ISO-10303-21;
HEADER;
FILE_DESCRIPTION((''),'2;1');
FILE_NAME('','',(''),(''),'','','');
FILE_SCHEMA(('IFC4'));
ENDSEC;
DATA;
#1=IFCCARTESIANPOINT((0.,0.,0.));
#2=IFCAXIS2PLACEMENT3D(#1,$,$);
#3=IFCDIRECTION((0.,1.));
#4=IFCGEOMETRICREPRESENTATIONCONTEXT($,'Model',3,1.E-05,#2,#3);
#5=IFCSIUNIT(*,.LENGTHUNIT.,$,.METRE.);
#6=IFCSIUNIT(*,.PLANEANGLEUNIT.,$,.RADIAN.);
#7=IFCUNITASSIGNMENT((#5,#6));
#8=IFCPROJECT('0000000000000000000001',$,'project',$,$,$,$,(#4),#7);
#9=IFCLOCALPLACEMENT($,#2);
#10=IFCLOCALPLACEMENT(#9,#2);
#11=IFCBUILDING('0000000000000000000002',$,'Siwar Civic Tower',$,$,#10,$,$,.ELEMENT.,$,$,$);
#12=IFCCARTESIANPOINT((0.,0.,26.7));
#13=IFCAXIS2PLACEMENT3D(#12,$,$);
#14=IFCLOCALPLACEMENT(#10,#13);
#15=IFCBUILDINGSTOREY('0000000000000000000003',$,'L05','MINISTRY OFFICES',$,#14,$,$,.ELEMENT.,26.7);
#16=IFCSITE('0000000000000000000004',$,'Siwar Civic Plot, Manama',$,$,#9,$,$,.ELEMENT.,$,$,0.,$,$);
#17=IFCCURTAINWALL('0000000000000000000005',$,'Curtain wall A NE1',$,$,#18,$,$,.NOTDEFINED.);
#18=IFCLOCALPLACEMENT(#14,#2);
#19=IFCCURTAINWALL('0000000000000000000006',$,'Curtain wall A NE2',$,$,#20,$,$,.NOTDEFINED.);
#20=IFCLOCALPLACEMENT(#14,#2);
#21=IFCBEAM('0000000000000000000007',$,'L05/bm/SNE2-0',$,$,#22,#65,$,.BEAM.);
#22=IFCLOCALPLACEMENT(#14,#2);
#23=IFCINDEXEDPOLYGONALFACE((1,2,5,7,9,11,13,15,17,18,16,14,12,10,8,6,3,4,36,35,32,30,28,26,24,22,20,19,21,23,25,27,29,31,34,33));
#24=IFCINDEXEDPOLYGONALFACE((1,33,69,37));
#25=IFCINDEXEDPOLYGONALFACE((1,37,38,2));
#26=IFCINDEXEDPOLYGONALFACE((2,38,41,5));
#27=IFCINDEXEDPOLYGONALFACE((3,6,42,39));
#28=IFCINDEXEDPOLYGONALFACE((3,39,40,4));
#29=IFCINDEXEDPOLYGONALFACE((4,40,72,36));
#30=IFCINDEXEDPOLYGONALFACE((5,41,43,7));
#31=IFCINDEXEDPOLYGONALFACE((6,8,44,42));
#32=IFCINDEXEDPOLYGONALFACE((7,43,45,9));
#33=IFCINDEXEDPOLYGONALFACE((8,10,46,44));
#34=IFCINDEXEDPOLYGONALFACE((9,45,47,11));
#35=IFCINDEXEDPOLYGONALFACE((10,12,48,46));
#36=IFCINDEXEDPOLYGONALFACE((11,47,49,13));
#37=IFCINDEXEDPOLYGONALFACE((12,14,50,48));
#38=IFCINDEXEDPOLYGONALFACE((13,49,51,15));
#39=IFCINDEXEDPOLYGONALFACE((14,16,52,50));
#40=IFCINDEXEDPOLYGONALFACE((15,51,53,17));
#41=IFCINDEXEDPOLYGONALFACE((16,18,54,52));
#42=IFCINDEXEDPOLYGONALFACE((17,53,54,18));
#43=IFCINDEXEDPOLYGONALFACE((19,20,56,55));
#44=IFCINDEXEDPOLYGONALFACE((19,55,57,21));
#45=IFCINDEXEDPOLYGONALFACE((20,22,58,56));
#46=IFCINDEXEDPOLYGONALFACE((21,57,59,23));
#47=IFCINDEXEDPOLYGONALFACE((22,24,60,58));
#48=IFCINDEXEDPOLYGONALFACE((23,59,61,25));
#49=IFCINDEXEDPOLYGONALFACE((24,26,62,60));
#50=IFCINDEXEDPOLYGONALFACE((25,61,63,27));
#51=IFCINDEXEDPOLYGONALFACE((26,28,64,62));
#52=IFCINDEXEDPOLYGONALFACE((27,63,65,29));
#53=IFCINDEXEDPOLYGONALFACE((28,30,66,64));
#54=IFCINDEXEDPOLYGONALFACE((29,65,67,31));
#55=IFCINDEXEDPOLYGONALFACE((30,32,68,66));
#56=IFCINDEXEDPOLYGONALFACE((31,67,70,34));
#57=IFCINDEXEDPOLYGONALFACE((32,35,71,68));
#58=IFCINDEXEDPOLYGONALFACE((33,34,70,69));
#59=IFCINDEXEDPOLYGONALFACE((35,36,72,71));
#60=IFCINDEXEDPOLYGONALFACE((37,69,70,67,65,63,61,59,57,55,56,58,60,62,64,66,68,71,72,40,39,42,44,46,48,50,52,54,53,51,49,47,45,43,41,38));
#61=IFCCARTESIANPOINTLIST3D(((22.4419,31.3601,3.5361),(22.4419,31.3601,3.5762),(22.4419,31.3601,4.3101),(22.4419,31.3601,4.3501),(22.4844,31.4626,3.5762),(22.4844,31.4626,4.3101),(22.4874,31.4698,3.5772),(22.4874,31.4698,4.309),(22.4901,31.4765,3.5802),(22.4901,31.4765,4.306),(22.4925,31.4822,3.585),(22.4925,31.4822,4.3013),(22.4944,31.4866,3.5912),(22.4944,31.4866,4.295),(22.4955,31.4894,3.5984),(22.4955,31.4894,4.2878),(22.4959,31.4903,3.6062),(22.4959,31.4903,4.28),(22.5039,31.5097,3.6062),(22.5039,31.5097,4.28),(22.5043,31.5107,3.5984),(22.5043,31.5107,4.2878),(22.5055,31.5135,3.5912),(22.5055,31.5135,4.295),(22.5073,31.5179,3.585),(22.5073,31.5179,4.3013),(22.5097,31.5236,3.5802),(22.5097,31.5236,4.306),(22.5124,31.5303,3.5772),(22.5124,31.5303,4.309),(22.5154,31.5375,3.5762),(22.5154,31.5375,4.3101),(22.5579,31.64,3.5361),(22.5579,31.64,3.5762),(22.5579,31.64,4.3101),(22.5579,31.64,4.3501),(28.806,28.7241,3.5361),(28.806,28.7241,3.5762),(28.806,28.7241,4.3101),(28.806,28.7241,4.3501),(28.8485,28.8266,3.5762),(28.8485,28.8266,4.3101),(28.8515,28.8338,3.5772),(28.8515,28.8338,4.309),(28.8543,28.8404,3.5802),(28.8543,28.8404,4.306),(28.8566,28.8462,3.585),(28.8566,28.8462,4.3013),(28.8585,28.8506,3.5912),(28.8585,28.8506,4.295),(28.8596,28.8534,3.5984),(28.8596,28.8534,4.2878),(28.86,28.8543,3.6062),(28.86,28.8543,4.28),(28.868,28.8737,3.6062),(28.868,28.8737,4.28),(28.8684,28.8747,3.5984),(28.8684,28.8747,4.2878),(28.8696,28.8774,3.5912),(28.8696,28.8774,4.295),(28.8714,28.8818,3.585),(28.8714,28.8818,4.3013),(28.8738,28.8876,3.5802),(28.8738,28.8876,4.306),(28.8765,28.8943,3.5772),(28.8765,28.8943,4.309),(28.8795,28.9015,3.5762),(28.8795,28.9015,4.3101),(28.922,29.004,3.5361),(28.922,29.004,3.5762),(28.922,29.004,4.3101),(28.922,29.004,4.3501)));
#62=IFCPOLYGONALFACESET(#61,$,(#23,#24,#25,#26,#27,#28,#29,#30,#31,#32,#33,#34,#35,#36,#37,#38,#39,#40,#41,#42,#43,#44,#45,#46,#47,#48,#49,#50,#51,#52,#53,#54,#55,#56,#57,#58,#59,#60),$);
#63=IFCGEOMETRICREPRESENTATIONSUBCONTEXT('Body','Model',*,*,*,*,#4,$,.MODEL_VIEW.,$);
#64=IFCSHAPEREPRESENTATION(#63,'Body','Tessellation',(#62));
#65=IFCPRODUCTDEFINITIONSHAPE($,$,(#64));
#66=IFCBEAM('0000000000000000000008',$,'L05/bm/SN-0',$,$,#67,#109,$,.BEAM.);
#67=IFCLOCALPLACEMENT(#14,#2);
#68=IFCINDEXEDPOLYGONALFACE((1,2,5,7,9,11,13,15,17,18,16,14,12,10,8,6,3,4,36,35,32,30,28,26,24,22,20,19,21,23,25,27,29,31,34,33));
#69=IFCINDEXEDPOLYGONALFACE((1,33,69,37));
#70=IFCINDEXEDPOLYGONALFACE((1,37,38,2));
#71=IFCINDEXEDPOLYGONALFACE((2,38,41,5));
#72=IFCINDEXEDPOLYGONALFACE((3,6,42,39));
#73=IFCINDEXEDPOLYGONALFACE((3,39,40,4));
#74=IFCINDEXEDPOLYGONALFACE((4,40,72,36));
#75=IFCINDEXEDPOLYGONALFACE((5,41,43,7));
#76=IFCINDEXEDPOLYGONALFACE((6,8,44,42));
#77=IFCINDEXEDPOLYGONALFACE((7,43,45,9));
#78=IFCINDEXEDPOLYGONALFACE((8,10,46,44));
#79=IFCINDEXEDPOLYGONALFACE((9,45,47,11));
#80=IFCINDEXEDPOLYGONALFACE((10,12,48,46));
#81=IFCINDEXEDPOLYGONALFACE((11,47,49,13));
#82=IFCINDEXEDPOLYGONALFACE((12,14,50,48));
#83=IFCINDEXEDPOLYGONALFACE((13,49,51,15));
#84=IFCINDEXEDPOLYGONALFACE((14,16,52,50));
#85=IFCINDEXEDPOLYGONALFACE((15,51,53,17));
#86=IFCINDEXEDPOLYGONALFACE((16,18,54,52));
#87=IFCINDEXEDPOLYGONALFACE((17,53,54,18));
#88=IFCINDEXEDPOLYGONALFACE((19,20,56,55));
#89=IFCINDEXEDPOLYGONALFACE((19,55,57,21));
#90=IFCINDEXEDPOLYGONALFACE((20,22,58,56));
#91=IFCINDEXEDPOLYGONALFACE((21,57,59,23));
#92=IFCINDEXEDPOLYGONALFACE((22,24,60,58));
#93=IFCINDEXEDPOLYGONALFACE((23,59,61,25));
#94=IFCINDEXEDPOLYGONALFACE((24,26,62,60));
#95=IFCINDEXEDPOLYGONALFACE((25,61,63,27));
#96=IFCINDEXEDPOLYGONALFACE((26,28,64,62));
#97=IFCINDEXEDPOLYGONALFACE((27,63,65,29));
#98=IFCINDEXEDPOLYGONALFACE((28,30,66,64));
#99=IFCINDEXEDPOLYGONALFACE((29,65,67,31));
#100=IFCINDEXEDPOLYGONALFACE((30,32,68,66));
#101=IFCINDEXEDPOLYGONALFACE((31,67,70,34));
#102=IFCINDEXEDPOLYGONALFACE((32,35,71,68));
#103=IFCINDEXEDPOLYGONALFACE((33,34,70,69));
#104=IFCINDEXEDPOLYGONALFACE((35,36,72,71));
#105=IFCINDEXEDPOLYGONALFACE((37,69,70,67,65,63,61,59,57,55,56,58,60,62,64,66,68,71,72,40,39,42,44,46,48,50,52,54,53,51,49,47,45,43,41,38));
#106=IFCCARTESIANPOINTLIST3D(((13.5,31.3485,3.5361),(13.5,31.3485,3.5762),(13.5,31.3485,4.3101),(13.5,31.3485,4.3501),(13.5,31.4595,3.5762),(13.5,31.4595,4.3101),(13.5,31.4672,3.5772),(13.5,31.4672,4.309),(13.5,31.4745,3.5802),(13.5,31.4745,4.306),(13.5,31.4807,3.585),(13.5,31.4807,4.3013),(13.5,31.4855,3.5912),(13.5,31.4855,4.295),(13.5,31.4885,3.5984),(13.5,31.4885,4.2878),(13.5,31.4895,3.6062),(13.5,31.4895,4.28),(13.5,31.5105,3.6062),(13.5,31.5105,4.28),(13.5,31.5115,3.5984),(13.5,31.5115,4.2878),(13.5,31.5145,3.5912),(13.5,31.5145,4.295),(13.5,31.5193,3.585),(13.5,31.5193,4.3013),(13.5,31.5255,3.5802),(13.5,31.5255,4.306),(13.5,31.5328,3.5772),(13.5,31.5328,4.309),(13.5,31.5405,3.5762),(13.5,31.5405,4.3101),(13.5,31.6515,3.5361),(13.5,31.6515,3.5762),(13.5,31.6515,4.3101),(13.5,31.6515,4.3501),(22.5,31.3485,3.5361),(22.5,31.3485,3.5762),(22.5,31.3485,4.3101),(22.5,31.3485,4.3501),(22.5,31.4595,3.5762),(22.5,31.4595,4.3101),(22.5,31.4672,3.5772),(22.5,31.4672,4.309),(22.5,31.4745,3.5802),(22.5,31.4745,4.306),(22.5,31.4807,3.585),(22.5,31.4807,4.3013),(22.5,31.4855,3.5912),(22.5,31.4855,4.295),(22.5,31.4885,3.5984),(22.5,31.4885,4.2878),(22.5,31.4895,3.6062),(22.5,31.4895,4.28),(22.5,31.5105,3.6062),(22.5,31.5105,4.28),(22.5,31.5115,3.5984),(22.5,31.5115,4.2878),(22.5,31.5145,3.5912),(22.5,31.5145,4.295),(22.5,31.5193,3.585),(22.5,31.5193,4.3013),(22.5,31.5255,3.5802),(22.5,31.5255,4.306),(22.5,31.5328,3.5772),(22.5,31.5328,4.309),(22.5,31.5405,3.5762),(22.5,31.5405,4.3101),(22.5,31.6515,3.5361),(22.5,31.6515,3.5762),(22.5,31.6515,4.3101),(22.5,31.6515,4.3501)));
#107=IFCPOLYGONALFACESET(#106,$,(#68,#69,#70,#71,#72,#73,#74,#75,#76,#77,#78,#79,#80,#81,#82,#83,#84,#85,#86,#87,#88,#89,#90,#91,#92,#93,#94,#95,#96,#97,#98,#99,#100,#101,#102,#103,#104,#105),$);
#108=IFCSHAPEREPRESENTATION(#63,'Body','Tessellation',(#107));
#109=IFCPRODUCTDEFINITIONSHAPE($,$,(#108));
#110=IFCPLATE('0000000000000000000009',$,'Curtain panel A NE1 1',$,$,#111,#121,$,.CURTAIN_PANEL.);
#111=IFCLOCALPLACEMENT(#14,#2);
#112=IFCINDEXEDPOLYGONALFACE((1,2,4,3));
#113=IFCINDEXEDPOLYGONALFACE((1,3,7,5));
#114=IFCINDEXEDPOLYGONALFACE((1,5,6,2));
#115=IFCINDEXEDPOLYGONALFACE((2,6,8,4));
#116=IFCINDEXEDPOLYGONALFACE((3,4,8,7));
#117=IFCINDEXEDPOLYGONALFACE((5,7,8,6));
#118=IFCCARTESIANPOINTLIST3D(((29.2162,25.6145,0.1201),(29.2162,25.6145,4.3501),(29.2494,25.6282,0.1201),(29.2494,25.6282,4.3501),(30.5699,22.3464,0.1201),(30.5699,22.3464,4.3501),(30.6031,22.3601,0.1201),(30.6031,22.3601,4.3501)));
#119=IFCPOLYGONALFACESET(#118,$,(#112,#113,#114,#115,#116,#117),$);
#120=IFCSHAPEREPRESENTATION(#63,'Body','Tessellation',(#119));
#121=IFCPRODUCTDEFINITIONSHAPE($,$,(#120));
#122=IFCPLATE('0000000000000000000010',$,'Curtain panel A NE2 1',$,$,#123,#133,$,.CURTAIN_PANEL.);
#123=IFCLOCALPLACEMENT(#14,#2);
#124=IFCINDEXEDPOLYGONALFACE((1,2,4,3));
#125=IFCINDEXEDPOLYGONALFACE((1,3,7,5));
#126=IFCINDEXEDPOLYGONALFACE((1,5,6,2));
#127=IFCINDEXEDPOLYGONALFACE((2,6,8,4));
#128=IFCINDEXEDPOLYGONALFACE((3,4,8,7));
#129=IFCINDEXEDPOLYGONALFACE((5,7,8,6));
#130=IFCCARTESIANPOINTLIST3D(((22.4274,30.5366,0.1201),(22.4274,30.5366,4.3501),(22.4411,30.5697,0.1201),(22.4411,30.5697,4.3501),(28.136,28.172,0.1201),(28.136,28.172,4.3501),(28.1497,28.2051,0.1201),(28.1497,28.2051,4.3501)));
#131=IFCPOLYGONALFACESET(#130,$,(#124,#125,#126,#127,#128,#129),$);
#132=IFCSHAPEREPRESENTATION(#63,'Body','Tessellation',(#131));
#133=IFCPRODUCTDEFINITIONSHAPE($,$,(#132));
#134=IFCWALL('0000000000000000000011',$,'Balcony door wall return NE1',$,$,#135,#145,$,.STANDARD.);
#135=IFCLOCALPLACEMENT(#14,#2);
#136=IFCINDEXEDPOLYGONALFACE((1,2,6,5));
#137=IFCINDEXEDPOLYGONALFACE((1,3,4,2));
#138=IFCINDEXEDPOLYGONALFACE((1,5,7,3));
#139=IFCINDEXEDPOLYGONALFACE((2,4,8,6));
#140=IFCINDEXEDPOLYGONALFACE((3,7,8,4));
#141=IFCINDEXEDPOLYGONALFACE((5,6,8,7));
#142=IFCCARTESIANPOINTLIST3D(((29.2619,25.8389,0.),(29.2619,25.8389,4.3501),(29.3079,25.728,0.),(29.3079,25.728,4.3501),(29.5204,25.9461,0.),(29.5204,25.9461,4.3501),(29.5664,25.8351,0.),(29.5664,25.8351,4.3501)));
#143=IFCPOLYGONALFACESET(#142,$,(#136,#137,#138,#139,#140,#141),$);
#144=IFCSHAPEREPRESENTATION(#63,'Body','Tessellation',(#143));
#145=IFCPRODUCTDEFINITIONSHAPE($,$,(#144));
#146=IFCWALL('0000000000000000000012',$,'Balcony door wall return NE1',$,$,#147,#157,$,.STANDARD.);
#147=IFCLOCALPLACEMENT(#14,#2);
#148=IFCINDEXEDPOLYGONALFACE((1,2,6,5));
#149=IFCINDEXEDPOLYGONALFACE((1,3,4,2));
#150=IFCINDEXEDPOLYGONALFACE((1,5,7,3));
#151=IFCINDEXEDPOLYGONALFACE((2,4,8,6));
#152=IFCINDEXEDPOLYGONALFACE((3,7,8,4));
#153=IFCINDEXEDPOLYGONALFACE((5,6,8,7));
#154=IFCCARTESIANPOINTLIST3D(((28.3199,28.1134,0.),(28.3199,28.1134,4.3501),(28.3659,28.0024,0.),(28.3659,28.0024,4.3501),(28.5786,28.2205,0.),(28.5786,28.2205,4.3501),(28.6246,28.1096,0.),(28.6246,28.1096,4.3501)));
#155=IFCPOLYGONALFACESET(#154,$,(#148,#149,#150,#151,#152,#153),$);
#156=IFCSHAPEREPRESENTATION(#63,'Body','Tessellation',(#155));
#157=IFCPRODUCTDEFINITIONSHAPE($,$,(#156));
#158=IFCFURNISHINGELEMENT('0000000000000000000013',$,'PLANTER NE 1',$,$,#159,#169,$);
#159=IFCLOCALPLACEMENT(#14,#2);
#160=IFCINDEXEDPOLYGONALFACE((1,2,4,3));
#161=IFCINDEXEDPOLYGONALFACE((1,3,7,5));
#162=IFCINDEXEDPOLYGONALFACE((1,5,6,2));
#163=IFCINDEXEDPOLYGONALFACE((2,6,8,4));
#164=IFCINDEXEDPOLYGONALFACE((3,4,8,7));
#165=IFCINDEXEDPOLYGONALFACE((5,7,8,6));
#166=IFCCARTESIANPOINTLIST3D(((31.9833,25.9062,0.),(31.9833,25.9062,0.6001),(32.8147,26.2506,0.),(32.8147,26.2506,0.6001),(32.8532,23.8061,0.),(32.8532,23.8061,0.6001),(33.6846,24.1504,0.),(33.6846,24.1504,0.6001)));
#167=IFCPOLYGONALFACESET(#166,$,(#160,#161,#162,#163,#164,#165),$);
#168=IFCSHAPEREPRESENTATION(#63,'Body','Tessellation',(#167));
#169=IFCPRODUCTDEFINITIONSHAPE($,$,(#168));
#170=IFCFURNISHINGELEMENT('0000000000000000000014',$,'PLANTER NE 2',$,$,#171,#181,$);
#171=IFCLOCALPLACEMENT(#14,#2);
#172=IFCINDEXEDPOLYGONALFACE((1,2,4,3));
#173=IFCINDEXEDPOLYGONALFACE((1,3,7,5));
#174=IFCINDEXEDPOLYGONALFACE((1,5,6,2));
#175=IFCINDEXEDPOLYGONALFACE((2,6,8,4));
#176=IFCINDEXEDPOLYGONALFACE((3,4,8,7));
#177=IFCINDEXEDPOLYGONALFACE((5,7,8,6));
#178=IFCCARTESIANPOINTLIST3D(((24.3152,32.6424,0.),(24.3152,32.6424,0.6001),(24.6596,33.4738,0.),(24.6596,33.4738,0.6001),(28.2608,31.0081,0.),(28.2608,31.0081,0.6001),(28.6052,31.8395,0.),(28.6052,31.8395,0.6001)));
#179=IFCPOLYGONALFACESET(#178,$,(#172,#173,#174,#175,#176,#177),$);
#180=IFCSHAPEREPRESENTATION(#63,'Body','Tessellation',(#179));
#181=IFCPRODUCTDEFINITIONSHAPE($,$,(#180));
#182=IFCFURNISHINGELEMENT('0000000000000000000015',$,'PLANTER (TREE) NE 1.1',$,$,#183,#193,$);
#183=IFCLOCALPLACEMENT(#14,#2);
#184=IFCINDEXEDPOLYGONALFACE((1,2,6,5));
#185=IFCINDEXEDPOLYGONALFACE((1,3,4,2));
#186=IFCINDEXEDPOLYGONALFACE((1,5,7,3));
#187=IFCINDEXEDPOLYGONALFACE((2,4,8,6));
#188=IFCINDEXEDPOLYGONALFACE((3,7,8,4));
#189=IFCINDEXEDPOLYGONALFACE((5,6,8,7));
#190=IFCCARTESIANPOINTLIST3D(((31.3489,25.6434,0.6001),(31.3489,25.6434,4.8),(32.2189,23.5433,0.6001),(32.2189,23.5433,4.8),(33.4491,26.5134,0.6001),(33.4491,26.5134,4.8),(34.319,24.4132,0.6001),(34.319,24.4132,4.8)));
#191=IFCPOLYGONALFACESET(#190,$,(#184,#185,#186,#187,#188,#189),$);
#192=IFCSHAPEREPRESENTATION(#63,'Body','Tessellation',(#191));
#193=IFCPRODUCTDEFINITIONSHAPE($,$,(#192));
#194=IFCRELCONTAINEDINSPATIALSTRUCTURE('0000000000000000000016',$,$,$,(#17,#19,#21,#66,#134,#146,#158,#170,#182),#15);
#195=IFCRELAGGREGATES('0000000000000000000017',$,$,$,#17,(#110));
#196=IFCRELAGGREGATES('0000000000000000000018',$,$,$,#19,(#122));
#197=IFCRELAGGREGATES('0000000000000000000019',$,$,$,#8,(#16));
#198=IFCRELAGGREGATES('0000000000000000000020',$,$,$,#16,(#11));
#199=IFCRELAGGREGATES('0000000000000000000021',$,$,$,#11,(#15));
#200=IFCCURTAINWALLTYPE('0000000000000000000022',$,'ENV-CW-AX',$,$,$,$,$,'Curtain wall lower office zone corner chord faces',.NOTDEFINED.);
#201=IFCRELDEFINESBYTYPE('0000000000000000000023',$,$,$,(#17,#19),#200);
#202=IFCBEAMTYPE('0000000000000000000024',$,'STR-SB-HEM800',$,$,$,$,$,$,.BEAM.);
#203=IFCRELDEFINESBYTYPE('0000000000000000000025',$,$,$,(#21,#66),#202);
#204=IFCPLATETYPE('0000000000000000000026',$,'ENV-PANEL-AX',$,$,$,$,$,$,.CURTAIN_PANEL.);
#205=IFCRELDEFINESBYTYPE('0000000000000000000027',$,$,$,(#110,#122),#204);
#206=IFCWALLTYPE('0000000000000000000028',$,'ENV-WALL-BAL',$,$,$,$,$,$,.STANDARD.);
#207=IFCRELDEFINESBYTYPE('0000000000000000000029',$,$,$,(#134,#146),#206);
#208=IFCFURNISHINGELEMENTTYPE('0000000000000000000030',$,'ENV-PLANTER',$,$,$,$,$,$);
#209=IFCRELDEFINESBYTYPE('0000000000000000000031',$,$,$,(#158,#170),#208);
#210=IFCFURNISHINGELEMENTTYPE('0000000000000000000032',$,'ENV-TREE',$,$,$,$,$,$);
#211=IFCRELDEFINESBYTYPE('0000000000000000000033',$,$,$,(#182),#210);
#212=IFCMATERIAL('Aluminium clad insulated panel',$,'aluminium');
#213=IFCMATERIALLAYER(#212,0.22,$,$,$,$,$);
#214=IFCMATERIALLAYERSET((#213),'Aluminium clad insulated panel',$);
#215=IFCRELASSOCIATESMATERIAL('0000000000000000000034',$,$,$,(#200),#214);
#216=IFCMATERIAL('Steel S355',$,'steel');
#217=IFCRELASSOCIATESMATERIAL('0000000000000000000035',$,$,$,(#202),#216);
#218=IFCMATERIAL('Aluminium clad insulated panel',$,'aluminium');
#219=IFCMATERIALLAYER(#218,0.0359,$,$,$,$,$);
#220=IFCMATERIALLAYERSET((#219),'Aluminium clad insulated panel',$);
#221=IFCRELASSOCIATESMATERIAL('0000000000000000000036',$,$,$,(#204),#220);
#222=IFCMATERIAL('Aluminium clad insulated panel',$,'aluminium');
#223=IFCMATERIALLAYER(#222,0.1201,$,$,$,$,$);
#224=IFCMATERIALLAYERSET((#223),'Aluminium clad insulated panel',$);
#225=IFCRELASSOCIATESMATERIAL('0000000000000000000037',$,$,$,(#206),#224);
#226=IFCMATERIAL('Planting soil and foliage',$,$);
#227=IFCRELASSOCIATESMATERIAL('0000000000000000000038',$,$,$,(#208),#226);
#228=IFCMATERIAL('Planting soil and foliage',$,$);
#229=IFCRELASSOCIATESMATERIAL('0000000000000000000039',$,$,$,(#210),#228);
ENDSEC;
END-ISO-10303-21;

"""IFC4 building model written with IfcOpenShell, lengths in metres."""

from ifc_helpers import new_model, si_unit, direction, frame, frame_2d, origin, origin_2d, place, context, subcontext, project, spatial, rectangle, i_section, extrude, material, layer, layer_set, material_profile, profile_set, type_object, element, aggregate, save


model = new_model("IFC4")

# Units and contexts
model_context = context("Model", 3, precision=1e-05, world=origin(), true_north=direction((0.0, 1.0)))
body_context = subcontext(model_context, "Body", "Model", "MODEL_VIEW")
ifc_project = project(units=[si_unit("LENGTHUNIT", "METRE"), si_unit("PLANEANGLEUNIT", "RADIAN")], contexts=[model_context])

# Site, building, storey
site_placement = place(None, origin())
site = spatial("IfcSite", under=ifc_project, at=site_placement, Name="Siwar Civic Plot, Manama", CompositionType="ELEMENT", RefElevation=0.0)
building_placement = place(site_placement, origin())
building = spatial("IfcBuilding", under=site, at=building_placement, Name="Siwar Civic Tower", CompositionType="ELEMENT")
storey_placement = place(building_placement, frame((0.0, 0.0, 26.7)))
storey = spatial("IfcBuildingStorey", under=building, at=storey_placement, Name="L05", Description="MINISTRY OFFICES", CompositionType="ELEMENT", Elevation=26.7)

# Curtain walls
ifc_material_1 = material(Name="Aluminium clad insulated panel", Category="aluminium")
ifc_layer_1 = layer(ifc_material_1, 0.22)
ifc_layer_set_1 = layer_set([ifc_layer_1], Name="Aluminium clad insulated panel")
curtain_wall_type_1 = type_object("IfcCurtainWallType", Name="ENV-CW-AX", ElementType="Curtain wall lower office zone corner chord faces", PredefinedType="NOTDEFINED", material=ifc_layer_set_1)
curtain_wall_1_placement = place(storey_placement, origin())
curtain_wall_1 = element("IfcCurtainWall", 1, at=curtain_wall_1_placement, inside=storey, type_object=curtain_wall_type_1, Name="Curtain wall A NE1", PredefinedType="NOTDEFINED")
curtain_wall_2_placement = place(storey_placement, origin())
curtain_wall_2 = element("IfcCurtainWall", 2, at=curtain_wall_2_placement, inside=storey, type_object=curtain_wall_type_1, Name="Curtain wall A NE2", PredefinedType="NOTDEFINED")

# Beams
ifc_material_2 = material(Name="Steel S355", Category="steel")
ifc_material_profile_1 = material_profile(ifc_material_2, i_section(OverallWidth=0.303, OverallDepth=0.814, WebThickness=0.021, FlangeThickness=0.04, FilletRadius=0.03, at=origin_2d()), Name="HEM800")
ifc_profile_set_1 = profile_set([ifc_material_profile_1], Name="Steel S355")
beam_type_1 = type_object("IfcBeamType", Name="STR-SB-HEM800", PredefinedType="BEAM", material=ifc_profile_set_1)
beam_1_placement = place(storey_placement, frame((28.864, 28.864, 3.9431), z_axis=(-0.923883, 0.382674, 0.0), x_axis=(-0.382674, -0.923883, 0.0)))
element("IfcBeam", 3, at=beam_1_placement, inside=storey, type_object=beam_type_1, Name="L05/bm/SNE2-0", PredefinedType="BEAM", context=body_context, shape_type="SweptSolid", body=[
    extrude(i_section(OverallWidth=0.303, OverallDepth=0.814, WebThickness=0.021, FlangeThickness=0.04, FilletRadius=0.03, at=origin_2d()), origin(), (0.0, 0.0, 1.0), 6.8884),
])
beam_2_placement = place(storey_placement, frame((22.5, 31.5, 3.9431), z_axis=(-1.0, 0.0, 0.0), x_axis=(0.0, -1.0, 0.0)))
element("IfcBeam", 4, at=beam_2_placement, inside=storey, type_object=beam_type_1, Name="L05/bm/SN-0", PredefinedType="BEAM", context=body_context, shape_type="SweptSolid", body=[
    extrude(i_section(OverallWidth=0.303, OverallDepth=0.814, WebThickness=0.021, FlangeThickness=0.04, FilletRadius=0.03, at=origin_2d()), origin(), (0.0, 0.0, 1.0), 9.0),
])

# Plates
ifc_material_3 = material(Name="Aluminium clad insulated panel", Category="aluminium")
ifc_layer_2 = layer(ifc_material_3, 0.0359)
ifc_layer_set_2 = layer_set([ifc_layer_2], Name="Aluminium clad insulated panel")
plate_type = type_object("IfcPlateType", Name="ENV-PANEL-AX", PredefinedType="CURTAIN_PANEL", material=ifc_layer_set_2)
plate_1_placement = place(storey_placement, frame((29.9097, 23.9873, 0.1201), z_axis=(0.0, 0.0, 1.0), x_axis=(-0.382683, 0.92388, 0.0)))
plate_1 = element("IfcPlate", 5, at=plate_1_placement, type_object=plate_type, Name="Curtain panel A NE1 1", PredefinedType="CURTAIN_PANEL", context=body_context, shape_type="SweptSolid", body=[
    extrude(rectangle(XDim=3.5374, YDim=0.0359, at=origin_2d()), origin(), (0.0, 0.0, 1.0), 4.23),
])
aggregate(curtain_wall_1, [plate_1])
plate_2_placement = place(storey_placement, frame((25.2886, 29.3708, 0.1201), z_axis=(0.0, 0.0, 1.0), x_axis=(-0.92388, 0.382683, 0.0)))
plate_2 = element("IfcPlate", 6, at=plate_2_placement, type_object=plate_type, Name="Curtain panel A NE2 1", PredefinedType="CURTAIN_PANEL", context=body_context, shape_type="SweptSolid", body=[
    extrude(rectangle(XDim=6.179, YDim=0.0359, at=origin_2d()), origin(), (0.0, 0.0, 1.0), 4.23),
])
aggregate(curtain_wall_2, [plate_2])

# Walls
ifc_material_4 = material(Name="Aluminium clad insulated panel", Category="aluminium")
ifc_layer_3 = layer(ifc_material_4, 0.1201)
ifc_layer_set_3 = layer_set([ifc_layer_3], Name="Aluminium clad insulated panel")
wall_type = type_object("IfcWallType", Name="ENV-WALL-BAL", PredefinedType="STANDARD", material=ifc_layer_set_3)
wall_1_placement = place(storey_placement, frame((29.2849, 25.7834, 0.0), z_axis=(0.0, 0.0, 1.0), x_axis=(0.923772, 0.382942, 0.0)))
element("IfcWall", 7, at=wall_1_placement, inside=storey, type_object=wall_type, Name="Balcony door wall return NE1", PredefinedType="STANDARD", context=body_context, shape_type="SweptSolid", body=[
    extrude(rectangle(XDim=0.2798, YDim=0.1201, at=frame_2d((0.1399, 0.0))), origin(), (0.0, 0.0, 1.0), 4.3501),
])
wall_2_placement = place(storey_placement, frame((28.3428, 28.0579, 0.0), z_axis=(0.0, 0.0, 1.0), x_axis=(0.9239, 0.382634, 0.0)))
element("IfcWall", 8, at=wall_2_placement, inside=storey, type_object=wall_type, Name="Balcony door wall return NE1", PredefinedType="STANDARD", context=body_context, shape_type="SweptSolid", body=[
    extrude(rectangle(XDim=0.28, YDim=0.1201, at=frame_2d((0.1401, 0.0))), origin(), (0.0, 0.0, 1.0), 4.3501),
])

# Furnishing elements
ifc_material_5 = material(Name="Planting soil and foliage")
furnishing_element_type_1 = type_object("IfcFurnishingElementType", Name="ENV-PLANTER", material=ifc_material_5)
furnishing_1_placement = place(storey_placement, frame((32.834, 25.0283, 0.0), z_axis=(0.0, 0.0, 1.0), x_axis=(-0.382683, 0.92388, 0.0)))
element("IfcFurnishingElement", 9, at=furnishing_1_placement, inside=storey, type_object=furnishing_element_type_1, Name="PLANTER NE 1", context=body_context, shape_type="SweptSolid", body=[
    extrude(rectangle(XDim=2.2732, YDim=0.8999, at=origin_2d()), origin(), (0.0, 0.0, 1.0), 0.6001),
])
furnishing_2_placement = place(storey_placement, frame((26.4602, 32.241, 0.0), z_axis=(0.0, 0.0, 1.0), x_axis=(-0.92388, 0.382683, 0.0)))
element("IfcFurnishingElement", 10, at=furnishing_2_placement, inside=storey, type_object=furnishing_element_type_1, Name="PLANTER NE 2", context=body_context, shape_type="SweptSolid", body=[
    extrude(rectangle(XDim=4.2708, YDim=0.8999, at=origin_2d()), origin(), (0.0, 0.0, 1.0), 0.6001),
])
ifc_material_6 = material(Name="Planting soil and foliage")
furnishing_element_type_2 = type_object("IfcFurnishingElementType", Name="ENV-TREE", material=ifc_material_6)
furnishing_3_placement = place(storey_placement, frame((32.834, 25.0283, 0.6001), z_axis=(0.0, 0.0, 1.0), x_axis=(-0.382683, 0.92388, 0.0)))
element("IfcFurnishingElement", 11, at=furnishing_3_placement, inside=storey, type_object=furnishing_element_type_2, Name="PLANTER (TREE) NE 1.1", context=body_context, shape_type="SweptSolid", body=[
    extrude(rectangle(XDim=2.2732, YDim=2.2732, at=origin_2d()), origin(), (0.0, 0.0, 1.0), 4.2),
])

save(model, "model.ifc")
